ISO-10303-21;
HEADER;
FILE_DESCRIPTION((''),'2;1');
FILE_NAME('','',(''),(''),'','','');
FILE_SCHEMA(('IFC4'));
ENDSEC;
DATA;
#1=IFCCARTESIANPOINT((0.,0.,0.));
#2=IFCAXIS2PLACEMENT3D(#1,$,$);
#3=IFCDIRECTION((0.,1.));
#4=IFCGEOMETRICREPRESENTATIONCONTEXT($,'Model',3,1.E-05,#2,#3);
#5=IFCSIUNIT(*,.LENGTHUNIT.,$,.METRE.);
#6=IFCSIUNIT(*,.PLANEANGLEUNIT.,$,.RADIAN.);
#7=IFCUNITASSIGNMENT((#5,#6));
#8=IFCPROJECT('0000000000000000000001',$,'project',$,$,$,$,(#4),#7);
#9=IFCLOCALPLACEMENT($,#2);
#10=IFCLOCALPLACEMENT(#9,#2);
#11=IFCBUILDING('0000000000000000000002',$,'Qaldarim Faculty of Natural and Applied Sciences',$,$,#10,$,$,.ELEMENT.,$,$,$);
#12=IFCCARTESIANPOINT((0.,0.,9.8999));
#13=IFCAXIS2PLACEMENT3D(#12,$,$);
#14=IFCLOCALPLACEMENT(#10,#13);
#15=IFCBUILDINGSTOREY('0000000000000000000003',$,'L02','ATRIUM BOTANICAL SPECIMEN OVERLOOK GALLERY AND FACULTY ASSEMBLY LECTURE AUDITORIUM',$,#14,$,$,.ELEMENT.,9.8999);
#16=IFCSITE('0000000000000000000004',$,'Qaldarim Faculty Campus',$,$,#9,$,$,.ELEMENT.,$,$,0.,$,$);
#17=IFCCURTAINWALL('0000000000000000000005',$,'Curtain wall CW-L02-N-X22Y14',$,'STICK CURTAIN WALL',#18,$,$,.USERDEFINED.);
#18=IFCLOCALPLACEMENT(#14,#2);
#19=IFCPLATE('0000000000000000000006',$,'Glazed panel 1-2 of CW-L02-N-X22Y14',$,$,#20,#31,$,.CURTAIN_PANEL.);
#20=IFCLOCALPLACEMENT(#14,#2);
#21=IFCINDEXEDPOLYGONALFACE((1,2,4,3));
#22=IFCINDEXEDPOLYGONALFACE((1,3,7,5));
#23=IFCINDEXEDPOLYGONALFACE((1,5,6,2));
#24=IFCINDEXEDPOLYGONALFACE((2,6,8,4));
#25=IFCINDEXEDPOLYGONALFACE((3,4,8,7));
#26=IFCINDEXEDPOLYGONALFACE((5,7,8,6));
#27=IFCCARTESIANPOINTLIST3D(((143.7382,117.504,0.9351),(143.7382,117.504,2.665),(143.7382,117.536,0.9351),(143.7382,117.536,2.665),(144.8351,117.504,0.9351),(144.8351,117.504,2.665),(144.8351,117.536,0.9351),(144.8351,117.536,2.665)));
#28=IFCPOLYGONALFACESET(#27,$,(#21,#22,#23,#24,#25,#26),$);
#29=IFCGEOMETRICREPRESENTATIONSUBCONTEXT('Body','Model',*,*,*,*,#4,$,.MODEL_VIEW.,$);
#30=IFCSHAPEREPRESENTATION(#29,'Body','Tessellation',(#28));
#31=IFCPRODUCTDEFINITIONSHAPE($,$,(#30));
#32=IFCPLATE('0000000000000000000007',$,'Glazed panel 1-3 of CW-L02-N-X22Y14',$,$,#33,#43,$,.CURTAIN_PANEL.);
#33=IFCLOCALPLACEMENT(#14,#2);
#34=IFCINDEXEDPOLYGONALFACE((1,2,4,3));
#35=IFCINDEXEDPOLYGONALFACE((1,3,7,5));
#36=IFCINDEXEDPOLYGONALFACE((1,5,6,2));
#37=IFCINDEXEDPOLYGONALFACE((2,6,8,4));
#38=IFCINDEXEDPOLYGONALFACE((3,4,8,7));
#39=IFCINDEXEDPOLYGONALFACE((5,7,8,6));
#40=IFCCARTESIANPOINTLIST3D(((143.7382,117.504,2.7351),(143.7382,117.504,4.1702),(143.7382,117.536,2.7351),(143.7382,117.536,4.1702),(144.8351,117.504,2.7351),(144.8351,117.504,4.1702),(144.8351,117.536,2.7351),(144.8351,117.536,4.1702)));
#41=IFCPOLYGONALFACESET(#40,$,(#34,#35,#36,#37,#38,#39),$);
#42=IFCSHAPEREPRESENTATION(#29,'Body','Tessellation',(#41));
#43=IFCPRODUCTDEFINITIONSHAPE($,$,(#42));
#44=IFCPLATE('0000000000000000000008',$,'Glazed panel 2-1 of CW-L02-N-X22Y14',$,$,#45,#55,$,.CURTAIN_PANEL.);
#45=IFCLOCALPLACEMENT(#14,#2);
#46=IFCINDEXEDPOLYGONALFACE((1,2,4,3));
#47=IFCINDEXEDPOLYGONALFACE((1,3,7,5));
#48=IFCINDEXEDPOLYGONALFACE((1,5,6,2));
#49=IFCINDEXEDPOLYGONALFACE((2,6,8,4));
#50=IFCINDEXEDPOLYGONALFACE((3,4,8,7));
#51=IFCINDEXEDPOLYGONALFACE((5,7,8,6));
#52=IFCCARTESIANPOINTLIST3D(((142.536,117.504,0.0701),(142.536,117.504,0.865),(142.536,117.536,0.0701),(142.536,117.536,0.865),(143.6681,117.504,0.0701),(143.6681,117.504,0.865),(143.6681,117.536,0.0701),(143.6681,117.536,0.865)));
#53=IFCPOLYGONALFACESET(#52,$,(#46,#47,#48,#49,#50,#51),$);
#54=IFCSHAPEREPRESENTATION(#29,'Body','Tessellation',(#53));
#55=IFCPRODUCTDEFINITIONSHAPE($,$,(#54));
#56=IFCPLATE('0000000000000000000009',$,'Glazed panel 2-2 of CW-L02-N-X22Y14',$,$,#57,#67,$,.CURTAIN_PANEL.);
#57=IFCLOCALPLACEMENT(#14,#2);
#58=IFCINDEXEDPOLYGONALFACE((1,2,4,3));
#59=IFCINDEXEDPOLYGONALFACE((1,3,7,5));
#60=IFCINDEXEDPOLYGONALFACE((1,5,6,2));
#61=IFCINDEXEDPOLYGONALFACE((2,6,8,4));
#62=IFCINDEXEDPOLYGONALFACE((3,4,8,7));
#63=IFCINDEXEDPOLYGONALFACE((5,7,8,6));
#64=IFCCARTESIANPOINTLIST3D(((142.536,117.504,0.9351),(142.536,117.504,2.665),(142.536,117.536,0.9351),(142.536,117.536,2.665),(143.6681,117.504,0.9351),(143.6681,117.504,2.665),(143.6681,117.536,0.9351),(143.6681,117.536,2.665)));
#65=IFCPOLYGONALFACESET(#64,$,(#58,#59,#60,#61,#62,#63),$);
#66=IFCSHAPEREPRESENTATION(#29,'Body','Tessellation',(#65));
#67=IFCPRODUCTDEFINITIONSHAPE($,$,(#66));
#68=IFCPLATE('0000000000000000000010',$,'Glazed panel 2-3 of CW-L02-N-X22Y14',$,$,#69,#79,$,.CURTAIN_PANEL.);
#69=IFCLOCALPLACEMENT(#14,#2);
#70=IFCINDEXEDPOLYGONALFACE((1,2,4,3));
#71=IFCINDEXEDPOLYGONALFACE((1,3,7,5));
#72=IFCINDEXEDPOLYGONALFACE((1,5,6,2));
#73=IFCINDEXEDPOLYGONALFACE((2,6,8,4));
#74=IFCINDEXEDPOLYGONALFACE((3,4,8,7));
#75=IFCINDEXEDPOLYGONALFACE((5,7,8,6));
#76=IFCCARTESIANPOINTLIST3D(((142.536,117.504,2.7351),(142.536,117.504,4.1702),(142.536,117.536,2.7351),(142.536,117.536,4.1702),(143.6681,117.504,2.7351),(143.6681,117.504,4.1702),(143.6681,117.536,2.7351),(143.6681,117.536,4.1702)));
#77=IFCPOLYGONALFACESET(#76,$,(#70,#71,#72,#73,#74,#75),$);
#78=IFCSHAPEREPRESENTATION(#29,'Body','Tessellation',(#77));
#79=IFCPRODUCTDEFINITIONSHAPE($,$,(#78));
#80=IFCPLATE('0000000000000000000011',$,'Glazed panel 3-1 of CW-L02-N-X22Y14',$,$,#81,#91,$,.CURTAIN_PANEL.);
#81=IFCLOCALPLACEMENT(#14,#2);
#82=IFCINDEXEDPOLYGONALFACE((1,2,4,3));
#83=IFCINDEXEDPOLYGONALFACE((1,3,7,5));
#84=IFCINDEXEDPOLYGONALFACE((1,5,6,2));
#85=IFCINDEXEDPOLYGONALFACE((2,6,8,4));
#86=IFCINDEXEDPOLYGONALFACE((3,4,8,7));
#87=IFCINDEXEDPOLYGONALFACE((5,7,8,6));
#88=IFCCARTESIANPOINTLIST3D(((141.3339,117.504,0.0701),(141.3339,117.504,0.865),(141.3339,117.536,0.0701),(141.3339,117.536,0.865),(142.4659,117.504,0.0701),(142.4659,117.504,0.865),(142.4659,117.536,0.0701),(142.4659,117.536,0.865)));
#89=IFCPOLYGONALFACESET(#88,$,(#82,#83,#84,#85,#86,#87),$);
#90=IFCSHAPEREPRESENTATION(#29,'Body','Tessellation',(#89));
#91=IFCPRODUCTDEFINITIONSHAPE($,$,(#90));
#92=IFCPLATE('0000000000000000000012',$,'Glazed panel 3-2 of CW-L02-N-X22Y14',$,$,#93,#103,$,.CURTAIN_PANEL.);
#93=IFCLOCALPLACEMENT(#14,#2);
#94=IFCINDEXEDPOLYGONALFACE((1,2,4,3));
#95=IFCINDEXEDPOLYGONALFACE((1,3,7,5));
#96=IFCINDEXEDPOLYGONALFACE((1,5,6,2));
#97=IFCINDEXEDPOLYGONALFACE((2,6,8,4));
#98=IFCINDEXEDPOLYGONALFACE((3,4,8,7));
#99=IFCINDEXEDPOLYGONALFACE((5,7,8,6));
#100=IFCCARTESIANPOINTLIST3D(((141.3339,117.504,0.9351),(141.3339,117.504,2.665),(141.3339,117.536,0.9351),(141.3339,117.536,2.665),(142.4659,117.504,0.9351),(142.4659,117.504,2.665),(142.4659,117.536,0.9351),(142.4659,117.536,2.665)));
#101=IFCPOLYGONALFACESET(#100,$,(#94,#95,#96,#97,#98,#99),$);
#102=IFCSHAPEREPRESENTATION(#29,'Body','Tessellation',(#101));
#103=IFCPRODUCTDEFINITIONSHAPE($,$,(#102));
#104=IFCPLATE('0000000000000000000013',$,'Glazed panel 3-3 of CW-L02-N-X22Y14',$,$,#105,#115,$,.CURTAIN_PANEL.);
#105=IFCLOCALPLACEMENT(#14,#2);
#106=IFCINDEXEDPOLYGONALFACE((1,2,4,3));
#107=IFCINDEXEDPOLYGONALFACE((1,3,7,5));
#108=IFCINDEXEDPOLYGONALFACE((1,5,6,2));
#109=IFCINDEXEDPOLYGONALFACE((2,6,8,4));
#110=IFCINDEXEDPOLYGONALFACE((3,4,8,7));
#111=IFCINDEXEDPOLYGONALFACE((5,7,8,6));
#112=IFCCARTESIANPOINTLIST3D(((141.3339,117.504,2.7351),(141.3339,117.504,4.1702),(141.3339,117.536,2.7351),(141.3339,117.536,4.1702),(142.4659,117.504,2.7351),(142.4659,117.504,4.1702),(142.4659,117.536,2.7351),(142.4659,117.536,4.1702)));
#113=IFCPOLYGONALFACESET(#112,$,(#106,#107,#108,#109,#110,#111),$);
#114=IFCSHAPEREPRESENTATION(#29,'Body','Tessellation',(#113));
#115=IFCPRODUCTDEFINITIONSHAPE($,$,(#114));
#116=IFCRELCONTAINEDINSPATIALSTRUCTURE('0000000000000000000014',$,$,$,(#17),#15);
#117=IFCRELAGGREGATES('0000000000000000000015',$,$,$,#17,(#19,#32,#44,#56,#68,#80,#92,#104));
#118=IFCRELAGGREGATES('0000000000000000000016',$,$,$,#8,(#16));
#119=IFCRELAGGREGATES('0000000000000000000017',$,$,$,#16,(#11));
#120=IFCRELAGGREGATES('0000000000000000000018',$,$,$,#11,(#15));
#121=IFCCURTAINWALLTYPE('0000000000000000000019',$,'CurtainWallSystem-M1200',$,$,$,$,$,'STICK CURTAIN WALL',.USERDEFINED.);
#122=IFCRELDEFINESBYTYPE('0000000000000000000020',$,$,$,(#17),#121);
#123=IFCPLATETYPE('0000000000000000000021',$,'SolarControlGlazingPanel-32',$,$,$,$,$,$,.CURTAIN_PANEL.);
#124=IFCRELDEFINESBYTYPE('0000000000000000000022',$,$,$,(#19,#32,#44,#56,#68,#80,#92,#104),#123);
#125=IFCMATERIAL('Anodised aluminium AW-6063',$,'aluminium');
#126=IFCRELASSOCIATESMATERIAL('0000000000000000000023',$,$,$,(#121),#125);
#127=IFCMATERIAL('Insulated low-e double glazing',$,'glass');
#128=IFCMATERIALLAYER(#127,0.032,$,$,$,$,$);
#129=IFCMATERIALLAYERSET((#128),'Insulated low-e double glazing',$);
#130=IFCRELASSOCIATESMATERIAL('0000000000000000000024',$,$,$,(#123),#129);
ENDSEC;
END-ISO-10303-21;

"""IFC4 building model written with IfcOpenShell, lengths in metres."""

from ifc_helpers import new_model, si_unit, direction, frame, origin, origin_2d, place, context, subcontext, project, spatial, rectangle, extrude, material, layer, layer_set, type_object, element, aggregate, save


model = new_model("IFC4")

# Units and contexts
model_context = context("Model", 3, precision=1e-05, world=origin(), true_north=direction((0.0, 1.0)))
body_context = subcontext(model_context, "Body", "Model", "MODEL_VIEW")
ifc_project = project(units=[si_unit("LENGTHUNIT", "METRE"), si_unit("PLANEANGLEUNIT", "RADIAN")], contexts=[model_context])

# Site, building, storey
site_placement = place(None, origin())
site = spatial("IfcSite", under=ifc_project, at=site_placement, Name="Qaldarim Faculty Campus", CompositionType="ELEMENT", RefElevation=0.0)
building_placement = place(site_placement, origin())
building = spatial("IfcBuilding", under=site, at=building_placement, Name="Qaldarim Faculty of Natural and Applied Sciences", CompositionType="ELEMENT")
storey_placement = place(building_placement, frame((0.0, 0.0, 9.8999)))
storey = spatial("IfcBuildingStorey", under=building, at=storey_placement, Name="L02", Description="ATRIUM BOTANICAL SPECIMEN OVERLOOK GALLERY AND FACULTY ASSEMBLY LECTURE AUDITORIUM", CompositionType="ELEMENT", Elevation=9.8999)

# Curtain wall, plates
ifc_material_1 = material(Name="Anodised aluminium AW-6063", Category="aluminium")
curtain_wall_type = type_object("IfcCurtainWallType", Name="CurtainWallSystem-M1200", ElementType="STICK CURTAIN WALL", PredefinedType="USERDEFINED", material=ifc_material_1)
curtain_wall_placement = place(storey_placement, origin())
curtain_wall = element("IfcCurtainWall", 1, at=curtain_wall_placement, inside=storey, type_object=curtain_wall_type, Name="Curtain wall CW-L02-N-X22Y14", ObjectType="STICK CURTAIN WALL", PredefinedType="USERDEFINED")
ifc_material_2 = material(Name="Insulated low-e double glazing", Category="glass")
ifc_layer = layer(ifc_material_2, 0.032)
ifc_layer_set = layer_set([ifc_layer], Name="Insulated low-e double glazing")
plate_type = type_object("IfcPlateType", Name="SolarControlGlazingPanel-32", PredefinedType="CURTAIN_PANEL", material=ifc_layer_set)
plate_1_placement = place(storey_placement, frame((144.2866, 117.52, 0.9351), z_axis=(0.0, 0.0, 1.0), x_axis=(-1.0, 0.0, 0.0)))
plate_1 = element("IfcPlate", 2, at=plate_1_placement, type_object=plate_type, Name="Glazed panel 1-2 of CW-L02-N-X22Y14", PredefinedType="CURTAIN_PANEL", context=body_context, shape_type="SweptSolid", body=[
    extrude(rectangle(XDim=1.0969, YDim=0.032, at=origin_2d()), origin(), (0.0, 0.0, 1.0), 1.73),
])
plate_2_placement = place(storey_placement, frame((144.2866, 117.52, 2.7351), z_axis=(0.0, 0.0, 1.0), x_axis=(-1.0, 0.0, 0.0)))
plate_2 = element("IfcPlate", 3, at=plate_2_placement, type_object=plate_type, Name="Glazed panel 1-3 of CW-L02-N-X22Y14", PredefinedType="CURTAIN_PANEL", context=body_context, shape_type="SweptSolid", body=[
    extrude(rectangle(XDim=1.0969, YDim=0.032, at=origin_2d()), origin(), (0.0, 0.0, 1.0), 1.4351),
])
plate_3_placement = place(storey_placement, frame((143.1021, 117.52, 0.0701), z_axis=(0.0, 0.0, 1.0), x_axis=(-1.0, 0.0, 0.0)))
plate_3 = element("IfcPlate", 4, at=plate_3_placement, type_object=plate_type, Name="Glazed panel 2-1 of CW-L02-N-X22Y14", PredefinedType="CURTAIN_PANEL", context=body_context, shape_type="SweptSolid", body=[
    extrude(rectangle(XDim=1.1321, YDim=0.032, at=origin_2d()), origin(), (0.0, 0.0, 1.0), 0.7949),
])
plate_4_placement = place(storey_placement, frame((143.1021, 117.52, 0.9351), z_axis=(0.0, 0.0, 1.0), x_axis=(-1.0, 0.0, 0.0)))
plate_4 = element("IfcPlate", 5, at=plate_4_placement, type_object=plate_type, Name="Glazed panel 2-2 of CW-L02-N-X22Y14", PredefinedType="CURTAIN_PANEL", context=body_context, shape_type="SweptSolid", body=[
    extrude(rectangle(XDim=1.1321, YDim=0.032, at=origin_2d()), origin(), (0.0, 0.0, 1.0), 1.73),
])
plate_5_placement = place(storey_placement, frame((143.1021, 117.52, 2.7351), z_axis=(0.0, 0.0, 1.0), x_axis=(-1.0, 0.0, 0.0)))
plate_5 = element("IfcPlate", 6, at=plate_5_placement, type_object=plate_type, Name="Glazed panel 2-3 of CW-L02-N-X22Y14", PredefinedType="CURTAIN_PANEL", context=body_context, shape_type="SweptSolid", body=[
    extrude(rectangle(XDim=1.1321, YDim=0.032, at=origin_2d()), origin(), (0.0, 0.0, 1.0), 1.4351),
])
plate_6_placement = place(storey_placement, frame((141.8999, 117.52, 0.0701), z_axis=(0.0, 0.0, 1.0), x_axis=(-1.0, 0.0, 0.0)))
plate_6 = element("IfcPlate", 7, at=plate_6_placement, type_object=plate_type, Name="Glazed panel 3-1 of CW-L02-N-X22Y14", PredefinedType="CURTAIN_PANEL", context=body_context, shape_type="SweptSolid", body=[
    extrude(rectangle(XDim=1.1321, YDim=0.032, at=origin_2d()), origin(), (0.0, 0.0, 1.0), 0.7949),
])
plate_7_placement = place(storey_placement, frame((141.8999, 117.52, 0.9351), z_axis=(0.0, 0.0, 1.0), x_axis=(-1.0, 0.0, 0.0)))
plate_7 = element("IfcPlate", 8, at=plate_7_placement, type_object=plate_type, Name="Glazed panel 3-2 of CW-L02-N-X22Y14", PredefinedType="CURTAIN_PANEL", context=body_context, shape_type="SweptSolid", body=[
    extrude(rectangle(XDim=1.1321, YDim=0.032, at=origin_2d()), origin(), (0.0, 0.0, 1.0), 1.73),
])
plate_8_placement = place(storey_placement, frame((141.8999, 117.52, 2.7351), z_axis=(0.0, 0.0, 1.0), x_axis=(-1.0, 0.0, 0.0)))
plate_8 = element("IfcPlate", 9, at=plate_8_placement, type_object=plate_type, Name="Glazed panel 3-3 of CW-L02-N-X22Y14", PredefinedType="CURTAIN_PANEL", context=body_context, shape_type="SweptSolid", body=[
    extrude(rectangle(XDim=1.1321, YDim=0.032, at=origin_2d()), origin(), (0.0, 0.0, 1.0), 1.4351),
])
aggregate(curtain_wall, [plate_1, plate_2, plate_3, plate_4, plate_5, plate_6, plate_7, plate_8])

save(model, "model.ifc")
